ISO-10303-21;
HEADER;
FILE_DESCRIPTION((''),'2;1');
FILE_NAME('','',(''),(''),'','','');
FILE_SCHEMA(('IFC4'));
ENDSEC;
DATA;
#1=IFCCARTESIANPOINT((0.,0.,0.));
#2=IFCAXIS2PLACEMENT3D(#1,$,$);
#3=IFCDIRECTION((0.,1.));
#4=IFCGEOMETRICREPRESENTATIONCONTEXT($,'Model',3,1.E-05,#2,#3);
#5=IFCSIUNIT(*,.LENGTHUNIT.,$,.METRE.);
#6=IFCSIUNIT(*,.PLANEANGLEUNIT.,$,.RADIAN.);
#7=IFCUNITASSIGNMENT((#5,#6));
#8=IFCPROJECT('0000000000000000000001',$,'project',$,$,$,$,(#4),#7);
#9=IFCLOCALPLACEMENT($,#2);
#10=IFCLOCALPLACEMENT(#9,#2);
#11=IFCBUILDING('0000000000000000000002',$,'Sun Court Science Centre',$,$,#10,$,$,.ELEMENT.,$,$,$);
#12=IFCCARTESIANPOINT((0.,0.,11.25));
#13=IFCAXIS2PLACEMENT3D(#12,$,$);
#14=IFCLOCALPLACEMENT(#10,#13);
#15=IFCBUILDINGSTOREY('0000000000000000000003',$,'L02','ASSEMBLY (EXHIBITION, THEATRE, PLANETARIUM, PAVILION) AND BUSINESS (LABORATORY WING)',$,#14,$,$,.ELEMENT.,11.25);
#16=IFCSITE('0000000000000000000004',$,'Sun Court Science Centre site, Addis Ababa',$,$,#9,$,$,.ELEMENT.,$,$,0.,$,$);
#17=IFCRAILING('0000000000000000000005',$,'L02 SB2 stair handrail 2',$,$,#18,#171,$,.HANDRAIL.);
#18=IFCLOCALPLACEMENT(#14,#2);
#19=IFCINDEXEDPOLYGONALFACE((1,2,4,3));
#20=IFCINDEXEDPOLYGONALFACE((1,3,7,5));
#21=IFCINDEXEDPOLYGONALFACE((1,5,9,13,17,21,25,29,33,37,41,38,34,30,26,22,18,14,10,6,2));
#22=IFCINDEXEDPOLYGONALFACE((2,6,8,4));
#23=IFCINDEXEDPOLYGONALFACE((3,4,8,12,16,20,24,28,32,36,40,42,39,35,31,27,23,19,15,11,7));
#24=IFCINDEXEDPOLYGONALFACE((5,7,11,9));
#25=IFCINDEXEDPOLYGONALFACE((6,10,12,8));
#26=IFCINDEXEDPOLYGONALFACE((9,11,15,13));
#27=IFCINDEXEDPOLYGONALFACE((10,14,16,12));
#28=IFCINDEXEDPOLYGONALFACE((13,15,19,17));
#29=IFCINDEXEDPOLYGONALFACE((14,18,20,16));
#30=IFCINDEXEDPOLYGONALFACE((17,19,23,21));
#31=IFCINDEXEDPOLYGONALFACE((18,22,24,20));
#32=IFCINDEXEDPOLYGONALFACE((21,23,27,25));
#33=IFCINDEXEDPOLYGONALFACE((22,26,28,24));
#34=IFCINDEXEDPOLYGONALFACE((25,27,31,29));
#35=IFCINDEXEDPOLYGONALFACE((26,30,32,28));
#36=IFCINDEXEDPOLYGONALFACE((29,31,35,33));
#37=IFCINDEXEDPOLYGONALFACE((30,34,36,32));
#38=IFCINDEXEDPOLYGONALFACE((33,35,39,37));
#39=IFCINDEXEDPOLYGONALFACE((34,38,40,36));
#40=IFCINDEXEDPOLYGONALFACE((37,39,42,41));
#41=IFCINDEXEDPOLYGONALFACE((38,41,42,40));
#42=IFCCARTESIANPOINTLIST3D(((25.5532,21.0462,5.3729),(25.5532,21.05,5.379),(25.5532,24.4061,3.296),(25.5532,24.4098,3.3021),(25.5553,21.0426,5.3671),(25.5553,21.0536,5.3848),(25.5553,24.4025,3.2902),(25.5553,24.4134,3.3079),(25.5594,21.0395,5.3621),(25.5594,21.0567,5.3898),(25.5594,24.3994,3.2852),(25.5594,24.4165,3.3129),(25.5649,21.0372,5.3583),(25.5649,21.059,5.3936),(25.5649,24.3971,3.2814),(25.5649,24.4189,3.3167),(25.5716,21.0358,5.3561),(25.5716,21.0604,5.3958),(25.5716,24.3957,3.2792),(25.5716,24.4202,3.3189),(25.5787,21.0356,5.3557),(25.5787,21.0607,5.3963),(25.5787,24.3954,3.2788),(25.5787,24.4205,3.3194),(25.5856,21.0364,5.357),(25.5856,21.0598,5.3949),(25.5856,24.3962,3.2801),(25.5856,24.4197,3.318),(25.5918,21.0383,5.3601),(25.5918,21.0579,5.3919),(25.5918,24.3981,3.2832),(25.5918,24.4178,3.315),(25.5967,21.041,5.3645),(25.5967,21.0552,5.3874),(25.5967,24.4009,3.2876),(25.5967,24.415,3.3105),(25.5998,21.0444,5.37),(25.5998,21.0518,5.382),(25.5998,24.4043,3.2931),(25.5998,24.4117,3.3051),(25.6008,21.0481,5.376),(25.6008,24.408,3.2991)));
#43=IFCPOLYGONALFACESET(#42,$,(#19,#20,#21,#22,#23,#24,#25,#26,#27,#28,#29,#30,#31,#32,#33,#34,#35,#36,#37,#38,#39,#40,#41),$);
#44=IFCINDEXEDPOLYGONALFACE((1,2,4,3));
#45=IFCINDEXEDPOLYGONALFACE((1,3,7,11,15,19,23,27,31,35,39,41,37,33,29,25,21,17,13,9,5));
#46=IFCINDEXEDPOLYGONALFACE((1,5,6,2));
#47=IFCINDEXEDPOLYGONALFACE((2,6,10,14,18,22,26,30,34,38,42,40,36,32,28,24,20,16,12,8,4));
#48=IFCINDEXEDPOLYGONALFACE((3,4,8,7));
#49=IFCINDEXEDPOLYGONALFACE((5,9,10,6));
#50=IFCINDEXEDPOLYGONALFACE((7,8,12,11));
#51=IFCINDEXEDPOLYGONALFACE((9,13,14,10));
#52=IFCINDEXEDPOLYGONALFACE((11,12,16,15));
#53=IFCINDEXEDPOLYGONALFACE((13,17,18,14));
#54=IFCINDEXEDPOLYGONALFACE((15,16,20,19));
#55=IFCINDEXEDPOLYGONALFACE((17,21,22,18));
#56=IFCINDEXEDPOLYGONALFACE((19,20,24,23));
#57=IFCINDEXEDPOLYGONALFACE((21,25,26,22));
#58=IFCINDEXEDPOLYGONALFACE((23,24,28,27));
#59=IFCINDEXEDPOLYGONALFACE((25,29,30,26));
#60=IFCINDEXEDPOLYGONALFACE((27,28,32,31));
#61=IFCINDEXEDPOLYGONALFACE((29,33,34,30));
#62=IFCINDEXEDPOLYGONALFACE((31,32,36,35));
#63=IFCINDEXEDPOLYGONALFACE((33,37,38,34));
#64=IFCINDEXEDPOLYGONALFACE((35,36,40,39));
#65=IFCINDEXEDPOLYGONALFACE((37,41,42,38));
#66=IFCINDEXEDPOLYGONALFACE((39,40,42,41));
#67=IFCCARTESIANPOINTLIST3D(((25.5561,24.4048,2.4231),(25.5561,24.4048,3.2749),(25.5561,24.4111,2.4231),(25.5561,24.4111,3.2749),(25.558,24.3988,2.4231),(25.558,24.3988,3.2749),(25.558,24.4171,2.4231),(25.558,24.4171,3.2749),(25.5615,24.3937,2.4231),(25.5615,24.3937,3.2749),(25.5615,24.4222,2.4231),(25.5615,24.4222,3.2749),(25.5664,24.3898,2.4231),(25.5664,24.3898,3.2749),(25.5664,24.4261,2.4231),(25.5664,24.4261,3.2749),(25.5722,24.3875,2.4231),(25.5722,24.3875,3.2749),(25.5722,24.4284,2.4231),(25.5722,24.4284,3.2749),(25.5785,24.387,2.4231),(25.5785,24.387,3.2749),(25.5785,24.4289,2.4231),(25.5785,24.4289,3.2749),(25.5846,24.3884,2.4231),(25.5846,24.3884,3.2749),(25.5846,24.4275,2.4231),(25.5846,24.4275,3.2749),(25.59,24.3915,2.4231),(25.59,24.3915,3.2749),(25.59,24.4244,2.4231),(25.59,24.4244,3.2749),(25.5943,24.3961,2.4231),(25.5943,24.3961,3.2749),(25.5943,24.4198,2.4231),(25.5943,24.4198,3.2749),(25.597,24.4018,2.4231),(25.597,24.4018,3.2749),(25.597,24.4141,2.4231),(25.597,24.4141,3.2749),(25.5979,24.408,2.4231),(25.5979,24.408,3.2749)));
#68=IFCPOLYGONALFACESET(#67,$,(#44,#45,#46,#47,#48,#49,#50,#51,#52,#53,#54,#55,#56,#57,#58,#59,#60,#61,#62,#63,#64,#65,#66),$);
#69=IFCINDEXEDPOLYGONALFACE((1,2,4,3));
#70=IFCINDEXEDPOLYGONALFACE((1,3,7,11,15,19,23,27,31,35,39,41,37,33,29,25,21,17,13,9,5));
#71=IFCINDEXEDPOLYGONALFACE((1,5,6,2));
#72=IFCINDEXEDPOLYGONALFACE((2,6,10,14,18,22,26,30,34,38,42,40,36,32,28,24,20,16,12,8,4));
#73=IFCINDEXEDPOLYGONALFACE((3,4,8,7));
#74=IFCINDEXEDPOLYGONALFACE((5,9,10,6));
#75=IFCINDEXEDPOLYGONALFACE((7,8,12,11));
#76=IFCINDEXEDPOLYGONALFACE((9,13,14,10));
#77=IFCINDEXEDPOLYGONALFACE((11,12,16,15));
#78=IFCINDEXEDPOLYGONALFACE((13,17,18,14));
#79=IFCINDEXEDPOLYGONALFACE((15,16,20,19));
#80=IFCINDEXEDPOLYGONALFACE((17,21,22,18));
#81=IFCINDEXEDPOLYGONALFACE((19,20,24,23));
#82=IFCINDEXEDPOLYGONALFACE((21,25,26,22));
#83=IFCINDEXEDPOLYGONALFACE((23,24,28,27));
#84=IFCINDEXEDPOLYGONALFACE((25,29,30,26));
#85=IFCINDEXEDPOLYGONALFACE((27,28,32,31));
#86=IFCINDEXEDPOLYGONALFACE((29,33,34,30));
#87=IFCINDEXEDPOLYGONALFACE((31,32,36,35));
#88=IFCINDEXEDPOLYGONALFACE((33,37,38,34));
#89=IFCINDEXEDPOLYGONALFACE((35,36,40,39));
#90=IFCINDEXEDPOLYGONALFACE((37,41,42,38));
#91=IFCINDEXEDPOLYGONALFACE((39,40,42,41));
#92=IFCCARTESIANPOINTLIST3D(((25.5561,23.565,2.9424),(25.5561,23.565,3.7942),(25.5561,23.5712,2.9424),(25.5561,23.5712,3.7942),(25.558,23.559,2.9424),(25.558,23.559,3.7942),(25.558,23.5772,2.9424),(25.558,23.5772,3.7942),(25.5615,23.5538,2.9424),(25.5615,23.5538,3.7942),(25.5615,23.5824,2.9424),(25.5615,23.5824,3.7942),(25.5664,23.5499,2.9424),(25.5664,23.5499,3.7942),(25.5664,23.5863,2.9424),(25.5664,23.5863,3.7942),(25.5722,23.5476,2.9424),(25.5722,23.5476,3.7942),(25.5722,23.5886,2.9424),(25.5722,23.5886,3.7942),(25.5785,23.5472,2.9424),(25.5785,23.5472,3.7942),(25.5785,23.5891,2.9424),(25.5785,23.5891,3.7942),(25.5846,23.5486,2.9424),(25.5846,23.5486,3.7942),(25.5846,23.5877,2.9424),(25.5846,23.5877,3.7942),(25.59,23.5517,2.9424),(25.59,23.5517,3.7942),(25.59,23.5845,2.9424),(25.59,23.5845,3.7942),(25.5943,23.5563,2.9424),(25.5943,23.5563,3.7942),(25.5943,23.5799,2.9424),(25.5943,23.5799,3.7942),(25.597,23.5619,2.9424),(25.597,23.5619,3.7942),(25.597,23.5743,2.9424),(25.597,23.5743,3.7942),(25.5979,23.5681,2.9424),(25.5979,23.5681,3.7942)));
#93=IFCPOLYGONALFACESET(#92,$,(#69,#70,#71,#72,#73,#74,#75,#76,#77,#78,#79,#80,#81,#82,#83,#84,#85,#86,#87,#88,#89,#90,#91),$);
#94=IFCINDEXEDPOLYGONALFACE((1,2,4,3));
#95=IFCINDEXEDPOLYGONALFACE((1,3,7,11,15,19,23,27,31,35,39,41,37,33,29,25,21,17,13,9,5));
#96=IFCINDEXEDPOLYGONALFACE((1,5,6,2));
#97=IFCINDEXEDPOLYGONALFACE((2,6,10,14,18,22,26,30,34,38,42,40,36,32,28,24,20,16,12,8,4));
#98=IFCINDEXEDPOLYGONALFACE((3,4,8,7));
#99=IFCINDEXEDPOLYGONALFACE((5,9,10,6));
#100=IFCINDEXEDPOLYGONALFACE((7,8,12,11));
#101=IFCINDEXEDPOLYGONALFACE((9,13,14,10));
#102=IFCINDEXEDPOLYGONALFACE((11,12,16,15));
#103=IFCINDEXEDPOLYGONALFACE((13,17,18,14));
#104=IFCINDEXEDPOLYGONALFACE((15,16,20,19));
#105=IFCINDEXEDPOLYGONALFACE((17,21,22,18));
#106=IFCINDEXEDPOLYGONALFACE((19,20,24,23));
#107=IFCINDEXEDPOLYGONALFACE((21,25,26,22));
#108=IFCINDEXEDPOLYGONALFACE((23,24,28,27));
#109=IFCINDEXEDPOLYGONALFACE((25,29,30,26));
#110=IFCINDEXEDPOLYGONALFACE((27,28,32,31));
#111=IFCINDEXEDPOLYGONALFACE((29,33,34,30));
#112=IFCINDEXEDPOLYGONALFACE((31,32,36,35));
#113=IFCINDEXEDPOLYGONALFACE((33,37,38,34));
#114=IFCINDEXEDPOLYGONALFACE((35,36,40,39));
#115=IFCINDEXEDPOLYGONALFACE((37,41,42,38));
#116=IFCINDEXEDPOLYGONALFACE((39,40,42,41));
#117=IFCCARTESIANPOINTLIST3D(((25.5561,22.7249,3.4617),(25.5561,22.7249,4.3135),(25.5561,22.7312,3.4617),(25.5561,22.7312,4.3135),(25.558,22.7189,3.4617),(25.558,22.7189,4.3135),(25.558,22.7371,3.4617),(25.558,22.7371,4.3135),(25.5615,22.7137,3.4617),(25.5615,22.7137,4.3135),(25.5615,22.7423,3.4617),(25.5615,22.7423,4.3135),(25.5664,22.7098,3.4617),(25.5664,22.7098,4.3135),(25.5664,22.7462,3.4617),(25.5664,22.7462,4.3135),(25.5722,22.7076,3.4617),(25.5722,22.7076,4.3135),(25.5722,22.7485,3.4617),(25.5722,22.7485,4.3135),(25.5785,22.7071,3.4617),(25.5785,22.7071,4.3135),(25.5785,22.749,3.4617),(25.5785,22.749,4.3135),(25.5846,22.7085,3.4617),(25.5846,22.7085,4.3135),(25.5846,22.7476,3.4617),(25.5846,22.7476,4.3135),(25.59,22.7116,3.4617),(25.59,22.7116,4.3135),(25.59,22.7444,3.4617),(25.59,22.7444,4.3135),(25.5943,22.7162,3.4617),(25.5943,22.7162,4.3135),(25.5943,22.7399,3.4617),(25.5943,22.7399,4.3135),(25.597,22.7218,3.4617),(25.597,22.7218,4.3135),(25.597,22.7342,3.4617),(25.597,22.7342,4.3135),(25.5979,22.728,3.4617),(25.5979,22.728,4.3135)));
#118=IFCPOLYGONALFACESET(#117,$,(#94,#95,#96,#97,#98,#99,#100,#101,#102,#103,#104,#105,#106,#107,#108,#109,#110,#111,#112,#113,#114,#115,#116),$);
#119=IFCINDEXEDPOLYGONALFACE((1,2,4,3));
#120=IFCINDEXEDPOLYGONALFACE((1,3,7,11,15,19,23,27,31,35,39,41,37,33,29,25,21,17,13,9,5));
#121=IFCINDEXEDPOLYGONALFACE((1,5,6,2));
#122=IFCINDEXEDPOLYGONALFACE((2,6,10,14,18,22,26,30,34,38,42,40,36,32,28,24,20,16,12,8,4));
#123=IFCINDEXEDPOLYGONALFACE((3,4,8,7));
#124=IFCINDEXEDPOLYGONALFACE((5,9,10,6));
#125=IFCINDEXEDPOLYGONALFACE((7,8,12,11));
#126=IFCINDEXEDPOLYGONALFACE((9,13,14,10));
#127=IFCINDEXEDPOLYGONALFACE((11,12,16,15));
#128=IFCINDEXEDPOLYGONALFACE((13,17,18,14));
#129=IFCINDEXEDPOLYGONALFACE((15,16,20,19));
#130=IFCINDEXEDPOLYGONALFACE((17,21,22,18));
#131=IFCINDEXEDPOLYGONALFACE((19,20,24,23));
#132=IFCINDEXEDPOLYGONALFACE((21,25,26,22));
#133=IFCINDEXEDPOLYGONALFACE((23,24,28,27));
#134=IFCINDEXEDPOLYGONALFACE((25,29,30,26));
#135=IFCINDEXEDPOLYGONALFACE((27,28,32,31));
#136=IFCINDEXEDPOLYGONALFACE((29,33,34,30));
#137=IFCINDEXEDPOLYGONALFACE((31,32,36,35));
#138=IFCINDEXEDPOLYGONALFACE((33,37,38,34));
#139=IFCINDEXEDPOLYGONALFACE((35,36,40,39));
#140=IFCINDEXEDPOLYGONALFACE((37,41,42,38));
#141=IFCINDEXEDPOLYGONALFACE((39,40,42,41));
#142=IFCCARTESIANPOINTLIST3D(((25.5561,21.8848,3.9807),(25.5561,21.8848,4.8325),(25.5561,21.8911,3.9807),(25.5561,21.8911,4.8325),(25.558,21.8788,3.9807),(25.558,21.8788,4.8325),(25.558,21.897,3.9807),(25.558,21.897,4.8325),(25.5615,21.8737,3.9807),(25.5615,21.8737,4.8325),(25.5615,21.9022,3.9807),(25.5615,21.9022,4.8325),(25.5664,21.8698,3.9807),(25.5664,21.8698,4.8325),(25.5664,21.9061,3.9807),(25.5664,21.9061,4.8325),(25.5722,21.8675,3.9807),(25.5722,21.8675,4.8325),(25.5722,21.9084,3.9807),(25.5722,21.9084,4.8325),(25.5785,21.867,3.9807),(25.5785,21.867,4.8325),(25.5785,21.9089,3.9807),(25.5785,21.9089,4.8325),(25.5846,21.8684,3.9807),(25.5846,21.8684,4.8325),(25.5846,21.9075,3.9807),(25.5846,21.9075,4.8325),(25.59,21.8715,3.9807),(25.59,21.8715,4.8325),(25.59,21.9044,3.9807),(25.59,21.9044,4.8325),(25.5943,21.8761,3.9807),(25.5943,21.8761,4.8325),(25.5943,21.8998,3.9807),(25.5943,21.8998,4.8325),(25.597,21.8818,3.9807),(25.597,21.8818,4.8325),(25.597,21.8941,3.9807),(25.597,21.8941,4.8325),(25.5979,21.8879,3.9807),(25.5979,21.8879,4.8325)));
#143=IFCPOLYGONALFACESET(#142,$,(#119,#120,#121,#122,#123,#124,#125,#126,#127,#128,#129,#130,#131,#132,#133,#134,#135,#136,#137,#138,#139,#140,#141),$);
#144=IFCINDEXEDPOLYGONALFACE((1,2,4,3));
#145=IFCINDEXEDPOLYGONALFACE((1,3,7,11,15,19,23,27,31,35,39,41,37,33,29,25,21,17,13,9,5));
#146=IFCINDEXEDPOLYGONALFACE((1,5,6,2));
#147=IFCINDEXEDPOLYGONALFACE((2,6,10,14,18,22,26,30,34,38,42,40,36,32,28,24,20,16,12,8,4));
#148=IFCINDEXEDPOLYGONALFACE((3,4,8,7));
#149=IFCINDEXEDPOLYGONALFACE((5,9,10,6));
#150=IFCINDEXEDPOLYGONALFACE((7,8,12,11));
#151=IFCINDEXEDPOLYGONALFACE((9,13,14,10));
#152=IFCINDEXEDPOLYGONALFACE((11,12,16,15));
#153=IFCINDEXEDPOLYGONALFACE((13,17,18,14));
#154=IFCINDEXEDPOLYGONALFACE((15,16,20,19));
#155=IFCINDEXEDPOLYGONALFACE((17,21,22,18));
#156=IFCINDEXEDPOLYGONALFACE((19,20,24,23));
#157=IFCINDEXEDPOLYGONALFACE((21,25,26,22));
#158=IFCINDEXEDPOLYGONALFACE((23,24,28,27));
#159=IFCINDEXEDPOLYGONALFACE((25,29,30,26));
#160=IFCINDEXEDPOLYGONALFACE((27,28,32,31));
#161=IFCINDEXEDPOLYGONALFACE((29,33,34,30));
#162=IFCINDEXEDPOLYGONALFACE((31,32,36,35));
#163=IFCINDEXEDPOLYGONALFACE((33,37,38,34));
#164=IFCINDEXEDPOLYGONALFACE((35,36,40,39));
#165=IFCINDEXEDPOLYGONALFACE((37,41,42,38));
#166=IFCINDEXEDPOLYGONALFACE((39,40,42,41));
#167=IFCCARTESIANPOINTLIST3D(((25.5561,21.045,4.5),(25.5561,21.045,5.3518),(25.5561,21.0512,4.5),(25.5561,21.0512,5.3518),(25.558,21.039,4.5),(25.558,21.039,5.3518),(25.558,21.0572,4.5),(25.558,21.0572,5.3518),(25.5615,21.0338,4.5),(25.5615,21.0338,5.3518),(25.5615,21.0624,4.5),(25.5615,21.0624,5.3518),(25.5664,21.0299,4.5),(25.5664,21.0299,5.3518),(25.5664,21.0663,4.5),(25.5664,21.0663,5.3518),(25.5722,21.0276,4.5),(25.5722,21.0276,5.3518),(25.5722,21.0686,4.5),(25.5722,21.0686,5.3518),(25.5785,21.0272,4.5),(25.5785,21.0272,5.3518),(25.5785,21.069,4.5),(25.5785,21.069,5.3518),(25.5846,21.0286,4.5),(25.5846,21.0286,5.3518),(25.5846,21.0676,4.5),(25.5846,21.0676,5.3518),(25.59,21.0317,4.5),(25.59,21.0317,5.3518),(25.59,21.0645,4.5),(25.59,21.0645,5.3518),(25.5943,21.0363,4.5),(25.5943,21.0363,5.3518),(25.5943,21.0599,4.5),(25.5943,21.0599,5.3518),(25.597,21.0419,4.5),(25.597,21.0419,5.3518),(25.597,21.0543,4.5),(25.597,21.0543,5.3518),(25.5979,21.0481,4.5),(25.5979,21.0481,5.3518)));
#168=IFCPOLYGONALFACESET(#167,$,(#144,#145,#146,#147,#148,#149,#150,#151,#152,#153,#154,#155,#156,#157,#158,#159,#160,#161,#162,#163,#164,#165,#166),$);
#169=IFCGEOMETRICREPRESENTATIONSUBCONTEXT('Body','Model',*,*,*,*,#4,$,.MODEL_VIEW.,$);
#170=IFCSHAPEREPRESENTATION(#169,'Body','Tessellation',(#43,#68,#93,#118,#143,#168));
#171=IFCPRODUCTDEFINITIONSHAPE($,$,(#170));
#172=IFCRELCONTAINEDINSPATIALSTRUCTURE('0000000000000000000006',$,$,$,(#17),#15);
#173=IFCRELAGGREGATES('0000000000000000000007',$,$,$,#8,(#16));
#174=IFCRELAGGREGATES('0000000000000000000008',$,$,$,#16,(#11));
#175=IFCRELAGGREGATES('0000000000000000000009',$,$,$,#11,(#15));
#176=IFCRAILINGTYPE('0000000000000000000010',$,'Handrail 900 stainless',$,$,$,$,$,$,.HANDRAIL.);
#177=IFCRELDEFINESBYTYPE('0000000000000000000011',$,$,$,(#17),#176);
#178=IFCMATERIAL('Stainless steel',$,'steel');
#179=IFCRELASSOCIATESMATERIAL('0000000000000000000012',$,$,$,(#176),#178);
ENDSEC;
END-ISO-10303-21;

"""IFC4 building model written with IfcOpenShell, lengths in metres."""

from ifc_helpers import new_model, si_unit, direction, frame, origin, origin_2d, place, context, subcontext, project, spatial, circle, extrude, material, type_object, element, save


model = new_model("IFC4")

# Units and contexts
model_context = context("Model", 3, precision=1e-05, world=origin(), true_north=direction((0.0, 1.0)))
body_context = subcontext(model_context, "Body", "Model", "MODEL_VIEW")
ifc_project = project(units=[si_unit("LENGTHUNIT", "METRE"), si_unit("PLANEANGLEUNIT", "RADIAN")], contexts=[model_context])

# Site, building, storey
site_placement = place(None, origin())
site = spatial("IfcSite", under=ifc_project, at=site_placement, Name="Sun Court Science Centre site, Addis Ababa", CompositionType="ELEMENT", RefElevation=0.0)
building_placement = place(site_placement, origin())
building = spatial("IfcBuilding", under=site, at=building_placement, Name="Sun Court Science Centre", CompositionType="ELEMENT")
storey_placement = place(building_placement, frame((0.0, 0.0, 11.25)))
storey = spatial("IfcBuildingStorey", under=building, at=storey_placement, Name="L02", Description="ASSEMBLY (EXHIBITION, THEATRE, PLANETARIUM, PAVILION) AND BUSINESS (LABORATORY WING)", CompositionType="ELEMENT", Elevation=11.25)

# Railing
ifc_material_1 = material(Name="Stainless steel", Category="steel")
railing_type_1 = type_object("IfcRailingType", Name="Handrail 900 stainless", PredefinedType="HANDRAIL", material=ifc_material_1)
railing_1_placement = place(storey_placement, frame((25.5769, 24.408, 2.4231)))
element("IfcRailing", 1, at=railing_1_placement, inside=storey, type_object=railing_type_1, Name="L02 SB2 stair handrail 2", PredefinedType="HANDRAIL", context=body_context, shape_type="SweptSolid", body=[
    extrude(circle(Radius=0.0239, at=origin_2d()), frame((0.0, 0.0, 0.876), z_axis=(0.0, -0.850606, 0.525803), x_axis=(1.0, 0.0, 0.0)), (0.0, 0.0, 1.0), 3.95),
    extrude(circle(Radius=0.021, at=origin_2d()), origin(), (0.0, 0.0, 1.0), 0.8518),
    extrude(circle(Radius=0.021, at=origin_2d()), frame((0.0, -0.8398, 0.5193)), (0.0, 0.0, 1.0), 0.8518),
    extrude(circle(Radius=0.021, at=origin_2d()), frame((0.0, -1.6799, 1.0386)), (0.0, 0.0, 1.0), 0.8518),
    extrude(circle(Radius=0.021, at=origin_2d()), frame((0.0, -2.52, 1.5576)), (0.0, 0.0, 1.0), 0.8518),
    extrude(circle(Radius=0.021, at=origin_2d()), frame((0.0, -3.3599, 2.0769)), (0.0, 0.0, 1.0), 0.8518),
])

save(model, "model.ifc")
